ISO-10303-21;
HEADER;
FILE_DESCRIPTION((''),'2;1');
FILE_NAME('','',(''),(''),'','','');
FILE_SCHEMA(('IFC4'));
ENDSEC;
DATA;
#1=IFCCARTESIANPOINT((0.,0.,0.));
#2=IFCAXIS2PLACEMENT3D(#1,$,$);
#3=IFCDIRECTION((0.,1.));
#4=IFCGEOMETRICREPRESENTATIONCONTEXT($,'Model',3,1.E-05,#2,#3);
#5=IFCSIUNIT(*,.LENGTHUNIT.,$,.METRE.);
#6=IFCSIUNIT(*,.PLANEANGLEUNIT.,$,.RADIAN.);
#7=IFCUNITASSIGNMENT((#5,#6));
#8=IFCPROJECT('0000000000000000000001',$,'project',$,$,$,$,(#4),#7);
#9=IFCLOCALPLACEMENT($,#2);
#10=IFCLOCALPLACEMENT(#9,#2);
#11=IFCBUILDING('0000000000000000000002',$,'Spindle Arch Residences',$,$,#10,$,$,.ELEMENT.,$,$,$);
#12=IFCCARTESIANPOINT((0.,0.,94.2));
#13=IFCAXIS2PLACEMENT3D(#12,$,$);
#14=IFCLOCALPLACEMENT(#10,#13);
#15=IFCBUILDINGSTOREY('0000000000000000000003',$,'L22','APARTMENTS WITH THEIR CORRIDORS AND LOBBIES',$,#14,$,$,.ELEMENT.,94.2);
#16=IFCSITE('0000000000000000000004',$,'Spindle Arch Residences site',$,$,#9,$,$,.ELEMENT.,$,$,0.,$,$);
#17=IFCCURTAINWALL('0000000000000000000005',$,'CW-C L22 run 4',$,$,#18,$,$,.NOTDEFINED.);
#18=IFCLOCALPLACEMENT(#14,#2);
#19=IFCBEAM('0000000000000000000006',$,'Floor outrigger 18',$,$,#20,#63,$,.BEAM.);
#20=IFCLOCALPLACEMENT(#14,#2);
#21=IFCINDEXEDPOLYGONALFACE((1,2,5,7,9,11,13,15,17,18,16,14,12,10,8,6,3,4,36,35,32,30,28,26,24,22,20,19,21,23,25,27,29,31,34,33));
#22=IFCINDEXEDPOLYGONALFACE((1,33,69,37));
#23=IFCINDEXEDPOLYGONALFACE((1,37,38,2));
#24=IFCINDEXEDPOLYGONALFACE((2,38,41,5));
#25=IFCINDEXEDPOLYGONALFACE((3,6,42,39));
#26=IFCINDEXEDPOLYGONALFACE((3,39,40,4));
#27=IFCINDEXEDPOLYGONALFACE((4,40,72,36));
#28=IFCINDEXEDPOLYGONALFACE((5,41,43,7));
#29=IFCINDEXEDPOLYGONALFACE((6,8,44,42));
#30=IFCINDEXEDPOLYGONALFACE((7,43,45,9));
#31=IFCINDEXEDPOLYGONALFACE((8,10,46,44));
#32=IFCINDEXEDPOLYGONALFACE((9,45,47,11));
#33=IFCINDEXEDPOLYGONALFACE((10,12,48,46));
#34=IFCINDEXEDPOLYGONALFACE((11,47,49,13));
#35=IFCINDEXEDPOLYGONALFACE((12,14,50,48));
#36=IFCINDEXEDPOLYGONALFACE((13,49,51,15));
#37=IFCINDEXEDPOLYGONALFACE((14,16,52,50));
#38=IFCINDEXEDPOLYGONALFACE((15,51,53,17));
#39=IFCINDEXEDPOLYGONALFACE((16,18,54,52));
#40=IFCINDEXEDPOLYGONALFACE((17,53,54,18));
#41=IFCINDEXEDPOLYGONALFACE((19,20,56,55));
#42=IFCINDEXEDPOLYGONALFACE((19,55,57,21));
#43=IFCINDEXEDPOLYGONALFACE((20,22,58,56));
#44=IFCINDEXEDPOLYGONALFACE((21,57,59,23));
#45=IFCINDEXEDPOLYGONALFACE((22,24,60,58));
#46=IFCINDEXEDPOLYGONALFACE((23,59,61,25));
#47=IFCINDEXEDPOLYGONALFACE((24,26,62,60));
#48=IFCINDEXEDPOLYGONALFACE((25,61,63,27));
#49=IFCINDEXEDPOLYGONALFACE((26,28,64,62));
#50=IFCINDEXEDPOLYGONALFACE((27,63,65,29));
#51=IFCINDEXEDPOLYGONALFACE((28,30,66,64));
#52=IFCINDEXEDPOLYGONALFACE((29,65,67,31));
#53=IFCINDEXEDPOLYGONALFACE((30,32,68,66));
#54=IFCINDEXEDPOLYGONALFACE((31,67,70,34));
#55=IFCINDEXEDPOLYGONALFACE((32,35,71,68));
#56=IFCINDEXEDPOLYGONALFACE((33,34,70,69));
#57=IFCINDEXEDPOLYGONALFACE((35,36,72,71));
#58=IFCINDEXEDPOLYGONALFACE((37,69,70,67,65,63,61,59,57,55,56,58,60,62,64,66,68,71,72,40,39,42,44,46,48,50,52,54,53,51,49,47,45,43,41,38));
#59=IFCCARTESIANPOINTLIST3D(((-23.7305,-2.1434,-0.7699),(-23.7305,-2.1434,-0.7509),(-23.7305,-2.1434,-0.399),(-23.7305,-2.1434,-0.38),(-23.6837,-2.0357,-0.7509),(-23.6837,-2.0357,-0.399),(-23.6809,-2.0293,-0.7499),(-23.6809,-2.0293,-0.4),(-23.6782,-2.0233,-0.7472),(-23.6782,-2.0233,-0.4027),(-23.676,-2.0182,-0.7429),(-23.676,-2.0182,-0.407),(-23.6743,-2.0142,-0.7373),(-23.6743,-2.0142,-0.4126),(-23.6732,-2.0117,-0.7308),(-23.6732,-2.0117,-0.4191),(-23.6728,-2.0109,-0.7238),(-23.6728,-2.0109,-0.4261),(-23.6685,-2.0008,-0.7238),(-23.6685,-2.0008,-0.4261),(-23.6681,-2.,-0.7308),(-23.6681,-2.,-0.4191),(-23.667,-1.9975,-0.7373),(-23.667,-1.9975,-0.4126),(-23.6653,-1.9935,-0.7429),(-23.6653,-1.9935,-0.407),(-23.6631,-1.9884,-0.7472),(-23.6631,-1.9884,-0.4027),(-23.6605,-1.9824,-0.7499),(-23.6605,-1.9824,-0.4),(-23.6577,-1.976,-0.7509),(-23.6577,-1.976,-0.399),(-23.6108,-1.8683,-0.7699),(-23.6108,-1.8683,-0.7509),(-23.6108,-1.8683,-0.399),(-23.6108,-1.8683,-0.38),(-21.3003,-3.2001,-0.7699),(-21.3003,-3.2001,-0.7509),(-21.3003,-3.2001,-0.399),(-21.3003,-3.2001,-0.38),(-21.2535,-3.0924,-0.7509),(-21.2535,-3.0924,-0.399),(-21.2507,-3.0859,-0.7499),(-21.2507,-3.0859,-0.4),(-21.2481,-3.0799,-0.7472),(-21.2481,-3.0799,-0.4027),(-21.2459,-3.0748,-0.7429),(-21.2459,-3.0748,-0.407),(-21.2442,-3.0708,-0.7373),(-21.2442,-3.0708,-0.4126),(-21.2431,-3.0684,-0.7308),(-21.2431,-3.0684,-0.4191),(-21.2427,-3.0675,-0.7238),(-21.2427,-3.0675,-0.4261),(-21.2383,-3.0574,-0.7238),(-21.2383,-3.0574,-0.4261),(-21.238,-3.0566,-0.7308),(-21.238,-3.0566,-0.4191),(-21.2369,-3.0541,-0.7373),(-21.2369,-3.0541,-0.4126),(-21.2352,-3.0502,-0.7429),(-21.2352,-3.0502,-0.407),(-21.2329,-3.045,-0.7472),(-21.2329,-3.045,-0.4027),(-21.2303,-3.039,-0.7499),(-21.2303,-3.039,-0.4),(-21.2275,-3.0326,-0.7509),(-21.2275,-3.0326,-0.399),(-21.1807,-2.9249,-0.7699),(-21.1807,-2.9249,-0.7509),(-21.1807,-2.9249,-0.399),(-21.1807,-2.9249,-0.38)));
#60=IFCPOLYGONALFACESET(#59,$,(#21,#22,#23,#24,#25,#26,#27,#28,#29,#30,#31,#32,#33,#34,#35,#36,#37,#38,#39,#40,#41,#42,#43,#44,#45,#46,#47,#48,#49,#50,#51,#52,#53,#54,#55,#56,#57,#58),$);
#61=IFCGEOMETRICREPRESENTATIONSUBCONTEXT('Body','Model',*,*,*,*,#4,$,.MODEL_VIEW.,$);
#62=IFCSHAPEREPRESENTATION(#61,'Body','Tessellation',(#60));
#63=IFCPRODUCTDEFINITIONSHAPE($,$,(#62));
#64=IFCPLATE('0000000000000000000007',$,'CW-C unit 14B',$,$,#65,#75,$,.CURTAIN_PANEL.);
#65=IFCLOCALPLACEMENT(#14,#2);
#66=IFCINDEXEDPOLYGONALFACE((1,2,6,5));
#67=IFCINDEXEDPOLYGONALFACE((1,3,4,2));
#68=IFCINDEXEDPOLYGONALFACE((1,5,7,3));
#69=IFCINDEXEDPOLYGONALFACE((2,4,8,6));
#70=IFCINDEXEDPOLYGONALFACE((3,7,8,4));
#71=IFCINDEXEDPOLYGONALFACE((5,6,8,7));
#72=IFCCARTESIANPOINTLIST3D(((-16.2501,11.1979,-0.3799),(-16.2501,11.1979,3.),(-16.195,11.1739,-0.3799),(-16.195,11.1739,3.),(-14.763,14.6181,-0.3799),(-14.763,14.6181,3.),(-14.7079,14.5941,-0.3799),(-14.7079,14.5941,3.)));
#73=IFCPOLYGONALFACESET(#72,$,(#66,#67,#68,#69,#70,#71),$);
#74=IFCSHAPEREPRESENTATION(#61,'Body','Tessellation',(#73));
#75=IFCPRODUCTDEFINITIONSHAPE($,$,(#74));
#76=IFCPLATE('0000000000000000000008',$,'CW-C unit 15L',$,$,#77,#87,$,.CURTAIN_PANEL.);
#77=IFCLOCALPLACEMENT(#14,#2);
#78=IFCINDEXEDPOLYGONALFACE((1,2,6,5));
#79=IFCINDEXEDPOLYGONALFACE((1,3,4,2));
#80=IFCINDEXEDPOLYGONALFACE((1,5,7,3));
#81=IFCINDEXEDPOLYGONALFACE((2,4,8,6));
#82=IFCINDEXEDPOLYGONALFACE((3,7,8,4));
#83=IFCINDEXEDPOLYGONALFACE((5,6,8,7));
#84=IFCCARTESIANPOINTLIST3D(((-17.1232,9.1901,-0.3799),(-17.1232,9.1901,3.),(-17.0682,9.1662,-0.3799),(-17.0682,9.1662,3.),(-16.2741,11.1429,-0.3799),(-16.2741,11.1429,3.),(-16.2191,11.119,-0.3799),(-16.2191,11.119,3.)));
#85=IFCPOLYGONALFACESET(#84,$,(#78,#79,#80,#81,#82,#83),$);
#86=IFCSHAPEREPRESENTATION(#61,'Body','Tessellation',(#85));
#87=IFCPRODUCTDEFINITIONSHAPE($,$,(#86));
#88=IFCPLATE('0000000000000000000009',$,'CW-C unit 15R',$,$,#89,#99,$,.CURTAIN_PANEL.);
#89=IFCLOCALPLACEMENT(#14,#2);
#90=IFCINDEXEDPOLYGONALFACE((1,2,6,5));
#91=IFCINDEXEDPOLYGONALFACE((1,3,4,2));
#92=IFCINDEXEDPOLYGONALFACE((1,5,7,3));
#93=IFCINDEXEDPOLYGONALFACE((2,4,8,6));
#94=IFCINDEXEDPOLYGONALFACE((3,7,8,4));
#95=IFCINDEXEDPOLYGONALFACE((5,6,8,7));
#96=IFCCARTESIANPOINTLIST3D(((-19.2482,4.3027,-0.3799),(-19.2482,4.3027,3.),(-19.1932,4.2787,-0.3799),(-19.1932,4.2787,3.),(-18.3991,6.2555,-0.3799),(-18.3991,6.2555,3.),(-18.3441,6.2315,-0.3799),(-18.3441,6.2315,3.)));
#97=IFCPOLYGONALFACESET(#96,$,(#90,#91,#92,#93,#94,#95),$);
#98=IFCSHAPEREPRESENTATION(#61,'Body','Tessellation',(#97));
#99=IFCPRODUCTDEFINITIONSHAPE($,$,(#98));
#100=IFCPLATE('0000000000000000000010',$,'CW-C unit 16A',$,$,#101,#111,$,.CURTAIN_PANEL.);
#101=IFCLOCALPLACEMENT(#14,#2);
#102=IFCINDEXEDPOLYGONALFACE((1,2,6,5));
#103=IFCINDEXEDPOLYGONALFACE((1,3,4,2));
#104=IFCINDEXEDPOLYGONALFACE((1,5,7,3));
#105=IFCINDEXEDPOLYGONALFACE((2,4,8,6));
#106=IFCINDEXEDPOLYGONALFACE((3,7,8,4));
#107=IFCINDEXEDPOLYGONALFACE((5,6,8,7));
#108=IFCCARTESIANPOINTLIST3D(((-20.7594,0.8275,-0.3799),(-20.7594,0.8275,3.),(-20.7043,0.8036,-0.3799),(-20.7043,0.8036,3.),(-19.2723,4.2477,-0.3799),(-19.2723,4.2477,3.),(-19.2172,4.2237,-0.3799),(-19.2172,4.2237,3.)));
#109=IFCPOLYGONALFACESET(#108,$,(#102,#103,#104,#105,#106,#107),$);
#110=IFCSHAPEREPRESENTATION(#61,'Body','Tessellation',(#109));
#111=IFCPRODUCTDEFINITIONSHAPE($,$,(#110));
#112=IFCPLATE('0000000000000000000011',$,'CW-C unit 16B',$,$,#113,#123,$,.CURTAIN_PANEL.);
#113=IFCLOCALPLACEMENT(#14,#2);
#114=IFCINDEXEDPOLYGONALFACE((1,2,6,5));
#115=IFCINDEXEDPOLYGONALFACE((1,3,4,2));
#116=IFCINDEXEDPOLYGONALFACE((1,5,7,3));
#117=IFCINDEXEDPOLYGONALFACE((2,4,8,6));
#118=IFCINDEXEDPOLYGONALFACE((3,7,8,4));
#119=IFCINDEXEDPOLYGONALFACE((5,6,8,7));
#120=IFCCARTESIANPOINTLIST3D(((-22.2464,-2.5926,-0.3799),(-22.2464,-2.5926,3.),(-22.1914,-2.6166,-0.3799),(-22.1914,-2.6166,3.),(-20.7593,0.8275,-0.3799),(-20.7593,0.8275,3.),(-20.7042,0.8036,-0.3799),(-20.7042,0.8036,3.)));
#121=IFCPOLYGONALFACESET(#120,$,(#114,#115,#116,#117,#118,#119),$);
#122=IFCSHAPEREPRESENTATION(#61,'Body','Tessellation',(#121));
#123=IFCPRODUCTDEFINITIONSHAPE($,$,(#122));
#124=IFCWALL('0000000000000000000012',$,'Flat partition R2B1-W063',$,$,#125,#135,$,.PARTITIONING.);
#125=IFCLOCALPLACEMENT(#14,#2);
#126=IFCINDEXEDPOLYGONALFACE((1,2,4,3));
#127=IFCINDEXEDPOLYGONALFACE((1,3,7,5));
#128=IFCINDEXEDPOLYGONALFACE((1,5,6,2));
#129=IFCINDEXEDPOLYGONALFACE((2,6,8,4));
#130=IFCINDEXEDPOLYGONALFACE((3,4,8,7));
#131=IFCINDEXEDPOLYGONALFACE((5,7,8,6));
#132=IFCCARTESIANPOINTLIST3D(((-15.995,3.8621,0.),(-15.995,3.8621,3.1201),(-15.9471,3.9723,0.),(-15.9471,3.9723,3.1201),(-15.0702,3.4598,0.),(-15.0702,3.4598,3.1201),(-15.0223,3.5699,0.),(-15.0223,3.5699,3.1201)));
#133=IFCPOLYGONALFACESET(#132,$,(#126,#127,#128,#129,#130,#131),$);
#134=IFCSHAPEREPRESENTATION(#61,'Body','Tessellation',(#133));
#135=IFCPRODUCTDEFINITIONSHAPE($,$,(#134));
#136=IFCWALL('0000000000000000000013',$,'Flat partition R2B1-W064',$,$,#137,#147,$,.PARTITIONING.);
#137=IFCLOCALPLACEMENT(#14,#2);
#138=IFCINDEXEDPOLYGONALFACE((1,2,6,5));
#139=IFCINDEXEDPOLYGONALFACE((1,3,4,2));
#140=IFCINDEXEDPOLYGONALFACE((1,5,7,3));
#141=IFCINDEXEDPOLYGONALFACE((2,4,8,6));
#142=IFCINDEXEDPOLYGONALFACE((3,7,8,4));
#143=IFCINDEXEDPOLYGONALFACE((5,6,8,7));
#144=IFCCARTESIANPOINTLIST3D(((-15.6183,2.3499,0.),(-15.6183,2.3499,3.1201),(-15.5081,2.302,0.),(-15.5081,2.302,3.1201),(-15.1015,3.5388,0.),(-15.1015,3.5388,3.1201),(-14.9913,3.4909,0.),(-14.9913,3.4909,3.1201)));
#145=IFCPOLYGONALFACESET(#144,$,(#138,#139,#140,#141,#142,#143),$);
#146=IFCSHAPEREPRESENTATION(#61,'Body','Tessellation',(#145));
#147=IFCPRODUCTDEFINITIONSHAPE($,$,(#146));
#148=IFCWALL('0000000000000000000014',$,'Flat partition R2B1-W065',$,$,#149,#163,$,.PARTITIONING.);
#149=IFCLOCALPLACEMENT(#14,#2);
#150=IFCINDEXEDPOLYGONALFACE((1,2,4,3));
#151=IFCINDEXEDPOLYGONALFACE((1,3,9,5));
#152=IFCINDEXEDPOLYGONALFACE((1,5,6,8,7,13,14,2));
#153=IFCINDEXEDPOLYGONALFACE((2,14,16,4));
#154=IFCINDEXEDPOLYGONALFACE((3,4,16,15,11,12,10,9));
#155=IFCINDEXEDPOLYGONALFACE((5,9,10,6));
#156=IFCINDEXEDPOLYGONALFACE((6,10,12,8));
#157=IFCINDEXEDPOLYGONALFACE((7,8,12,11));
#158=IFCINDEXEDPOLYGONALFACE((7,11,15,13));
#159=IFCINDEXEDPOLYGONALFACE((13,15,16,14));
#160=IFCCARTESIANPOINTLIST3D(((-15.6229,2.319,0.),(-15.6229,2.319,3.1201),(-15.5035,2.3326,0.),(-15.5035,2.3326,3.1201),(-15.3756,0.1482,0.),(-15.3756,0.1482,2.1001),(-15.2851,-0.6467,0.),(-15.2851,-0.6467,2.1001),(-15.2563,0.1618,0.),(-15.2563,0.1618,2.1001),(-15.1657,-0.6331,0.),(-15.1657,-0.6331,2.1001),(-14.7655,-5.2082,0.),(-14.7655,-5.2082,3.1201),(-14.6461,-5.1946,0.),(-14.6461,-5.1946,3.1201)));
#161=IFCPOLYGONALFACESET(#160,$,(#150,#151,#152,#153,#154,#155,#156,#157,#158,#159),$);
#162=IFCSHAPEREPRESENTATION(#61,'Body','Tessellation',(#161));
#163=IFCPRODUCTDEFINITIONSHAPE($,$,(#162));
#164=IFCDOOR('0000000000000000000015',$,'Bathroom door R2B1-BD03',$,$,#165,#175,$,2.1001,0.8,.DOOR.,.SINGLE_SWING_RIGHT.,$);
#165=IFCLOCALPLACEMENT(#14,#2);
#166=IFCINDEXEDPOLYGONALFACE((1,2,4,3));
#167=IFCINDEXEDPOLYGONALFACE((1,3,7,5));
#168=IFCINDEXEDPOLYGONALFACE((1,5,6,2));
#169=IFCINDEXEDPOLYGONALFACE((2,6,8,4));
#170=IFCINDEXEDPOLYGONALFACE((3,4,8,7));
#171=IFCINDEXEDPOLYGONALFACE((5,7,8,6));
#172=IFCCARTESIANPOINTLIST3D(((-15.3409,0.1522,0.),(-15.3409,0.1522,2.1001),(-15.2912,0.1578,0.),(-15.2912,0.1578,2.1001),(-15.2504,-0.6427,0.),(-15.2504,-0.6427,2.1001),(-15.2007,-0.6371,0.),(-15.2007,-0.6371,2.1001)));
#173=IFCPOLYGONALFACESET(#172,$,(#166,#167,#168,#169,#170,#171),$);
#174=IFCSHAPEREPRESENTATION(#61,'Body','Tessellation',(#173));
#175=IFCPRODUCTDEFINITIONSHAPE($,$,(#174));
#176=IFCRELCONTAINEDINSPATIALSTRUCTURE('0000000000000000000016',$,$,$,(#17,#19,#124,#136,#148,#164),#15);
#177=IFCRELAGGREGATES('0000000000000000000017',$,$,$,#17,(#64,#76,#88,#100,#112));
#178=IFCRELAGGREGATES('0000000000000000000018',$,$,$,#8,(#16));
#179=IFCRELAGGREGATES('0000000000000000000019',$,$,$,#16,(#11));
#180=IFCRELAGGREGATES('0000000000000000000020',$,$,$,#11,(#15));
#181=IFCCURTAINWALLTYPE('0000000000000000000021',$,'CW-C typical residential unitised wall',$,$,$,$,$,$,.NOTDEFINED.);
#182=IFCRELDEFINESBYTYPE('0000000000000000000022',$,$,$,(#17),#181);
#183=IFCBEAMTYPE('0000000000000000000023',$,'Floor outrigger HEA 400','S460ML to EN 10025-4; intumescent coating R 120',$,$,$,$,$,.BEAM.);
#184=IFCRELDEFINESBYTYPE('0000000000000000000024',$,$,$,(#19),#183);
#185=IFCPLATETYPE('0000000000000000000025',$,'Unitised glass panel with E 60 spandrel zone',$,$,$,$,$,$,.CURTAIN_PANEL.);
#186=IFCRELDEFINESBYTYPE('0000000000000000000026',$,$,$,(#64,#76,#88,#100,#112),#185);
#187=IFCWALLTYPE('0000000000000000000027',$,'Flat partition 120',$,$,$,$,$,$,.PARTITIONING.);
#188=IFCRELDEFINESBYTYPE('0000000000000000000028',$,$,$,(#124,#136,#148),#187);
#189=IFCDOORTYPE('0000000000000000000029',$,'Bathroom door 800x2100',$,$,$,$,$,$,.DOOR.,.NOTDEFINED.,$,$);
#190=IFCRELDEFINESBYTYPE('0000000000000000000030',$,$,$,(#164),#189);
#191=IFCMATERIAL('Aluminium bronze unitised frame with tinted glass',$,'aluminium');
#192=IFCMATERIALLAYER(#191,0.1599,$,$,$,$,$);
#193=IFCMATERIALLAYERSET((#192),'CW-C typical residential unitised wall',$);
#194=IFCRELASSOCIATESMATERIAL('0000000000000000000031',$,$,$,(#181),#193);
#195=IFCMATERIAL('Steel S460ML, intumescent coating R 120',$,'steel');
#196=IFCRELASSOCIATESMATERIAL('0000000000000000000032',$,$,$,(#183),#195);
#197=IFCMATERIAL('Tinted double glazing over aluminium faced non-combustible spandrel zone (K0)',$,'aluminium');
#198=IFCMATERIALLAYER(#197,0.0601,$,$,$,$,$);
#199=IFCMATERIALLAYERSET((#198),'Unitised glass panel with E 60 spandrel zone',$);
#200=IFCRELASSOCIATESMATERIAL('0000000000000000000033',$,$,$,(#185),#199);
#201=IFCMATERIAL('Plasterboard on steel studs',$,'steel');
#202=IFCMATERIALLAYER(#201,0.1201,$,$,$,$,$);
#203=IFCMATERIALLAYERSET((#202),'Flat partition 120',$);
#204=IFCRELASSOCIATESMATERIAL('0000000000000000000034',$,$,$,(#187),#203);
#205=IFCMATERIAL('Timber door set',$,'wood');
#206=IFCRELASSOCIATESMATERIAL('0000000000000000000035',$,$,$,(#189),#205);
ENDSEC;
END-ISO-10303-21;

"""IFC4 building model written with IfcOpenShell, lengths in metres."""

from ifc_helpers import new_model, si_unit, direction, frame, frame_2d, origin, origin_2d, place, context, subcontext, project, spatial, rectangle, i_section, extrude, material, layer, layer_set, material_profile, profile_set, type_object, element, fill, aggregate, save


model = new_model("IFC4")

# Units and contexts
model_context = context("Model", 3, precision=1e-05, world=origin(), true_north=direction((0.0, 1.0)))
body_context = subcontext(model_context, "Body", "Model", "MODEL_VIEW")
ifc_project = project(units=[si_unit("LENGTHUNIT", "METRE"), si_unit("PLANEANGLEUNIT", "RADIAN")], contexts=[model_context])

# Site, building, storey
site_placement = place(None, origin())
site = spatial("IfcSite", under=ifc_project, at=site_placement, Name="Spindle Arch Residences site", CompositionType="ELEMENT", RefElevation=0.0)
building_placement = place(site_placement, origin())
building = spatial("IfcBuilding", under=site, at=building_placement, Name="Spindle Arch Residences", CompositionType="ELEMENT")
storey_placement = place(building_placement, frame((0.0, 0.0, 94.2)))
storey = spatial("IfcBuildingStorey", under=building, at=storey_placement, Name="L22", Description="APARTMENTS WITH THEIR CORRIDORS AND LOBBIES", CompositionType="ELEMENT", Elevation=94.2)

# Curtain wall
ifc_material_1 = material(Name="Aluminium bronze unitised frame with tinted glass", Category="aluminium")
ifc_layer_1 = layer(ifc_material_1, 0.1599)
ifc_layer_set_1 = layer_set([ifc_layer_1], Name="CW-C typical residential unitised wall")
curtain_wall_type = type_object("IfcCurtainWallType", Name="CW-C typical residential unitised wall", PredefinedType="NOTDEFINED", material=ifc_layer_set_1)
curtain_wall_placement = place(storey_placement, origin())
curtain_wall = element("IfcCurtainWall", 1, at=curtain_wall_placement, inside=storey, type_object=curtain_wall_type, Name="CW-C L22 run 4", PredefinedType="NOTDEFINED")

# Beam
ifc_material_2 = material(Name="Steel S460ML, intumescent coating R 120", Category="steel")
ifc_material_profile_1 = material_profile(ifc_material_2, i_section(OverallWidth=0.3, OverallDepth=0.3899, WebThickness=0.011, FlangeThickness=0.019, FilletRadius=0.0271, at=origin_2d()), Name="HEA 400")
ifc_profile_set_1 = profile_set([ifc_material_profile_1], Name="Steel S460ML, intumescent coating R 120")
beam_type_1 = type_object("IfcBeamType", Name="Floor outrigger HEA 400", Description="S460ML to EN 10025-4; intumescent coating R 120", PredefinedType="BEAM", material=ifc_profile_set_1)
beam_1_placement = place(storey_placement, frame((-23.6707, -2.0059, -0.575), z_axis=(0.917064, -0.39874, 0.0), x_axis=(0.39874, 0.917064, 0.0)))
element("IfcBeam", 2, at=beam_1_placement, inside=storey, type_object=beam_type_1, Name="Floor outrigger 18", PredefinedType="BEAM", context=body_context, shape_type="SweptSolid", body=[
    extrude(i_section(OverallWidth=0.3, OverallDepth=0.3899, WebThickness=0.011, FlangeThickness=0.019, FilletRadius=0.0271, at=origin_2d()), origin(), (0.0, 0.0, 1.0), 2.6499),
])

# Plates
ifc_material_3 = material(Name="Tinted double glazing over aluminium faced non-combustible spandrel zone (K0)", Category="aluminium")
ifc_layer_2 = layer(ifc_material_3, 0.0601)
ifc_layer_set_2 = layer_set([ifc_layer_2], Name="Unitised glass panel with E 60 spandrel zone")
plate_type = type_object("IfcPlateType", Name="Unitised glass panel with E 60 spandrel zone", PredefinedType="CURTAIN_PANEL", material=ifc_layer_set_2)
plate_1_placement = place(storey_placement, frame((-15.479, 12.896, -0.3799), z_axis=(0.0, 0.0, 1.0), x_axis=(-0.398749, -0.91706, 0.0)))
plate_1 = element("IfcPlate", 3, at=plate_1_placement, type_object=plate_type, Name="CW-C unit 14B", PredefinedType="CURTAIN_PANEL", context=body_context, shape_type="SweptSolid", body=[
    extrude(rectangle(XDim=3.7295, YDim=0.0601, at=origin_2d()), origin(), (0.0, 0.0, 1.0), 3.3799),
])
plate_2_placement = place(storey_placement, frame((-16.6711, 10.1545, -0.3799), z_axis=(0.0, 0.0, 1.0), x_axis=(-0.398749, -0.91706, 0.0)))
plate_2 = element("IfcPlate", 4, at=plate_2_placement, type_object=plate_type, Name="CW-C unit 15L", PredefinedType="CURTAIN_PANEL", context=body_context, shape_type="SweptSolid", body=[
    extrude(rectangle(XDim=2.1294, YDim=0.0601, at=origin_2d()), origin(), (0.0, 0.0, 1.0), 3.3799),
])
plate_3_placement = place(storey_placement, frame((-18.7961, 5.2671, -0.3799), z_axis=(0.0, 0.0, 1.0), x_axis=(-0.398749, -0.91706, 0.0)))
plate_3 = element("IfcPlate", 5, at=plate_3_placement, type_object=plate_type, Name="CW-C unit 15R", PredefinedType="CURTAIN_PANEL", context=body_context, shape_type="SweptSolid", body=[
    extrude(rectangle(XDim=2.1294, YDim=0.0601, at=origin_2d()), origin(), (0.0, 0.0, 1.0), 3.3799),
])
plate_4_placement = place(storey_placement, frame((-19.9883, 2.5256, -0.3799), z_axis=(0.0, 0.0, 1.0), x_axis=(-0.398749, -0.91706, 0.0)))
plate_4 = element("IfcPlate", 6, at=plate_4_placement, type_object=plate_type, Name="CW-C unit 16A", PredefinedType="CURTAIN_PANEL", context=body_context, shape_type="SweptSolid", body=[
    extrude(rectangle(XDim=3.7295, YDim=0.0601, at=origin_2d()), origin(), (0.0, 0.0, 1.0), 3.3799),
])
plate_5_placement = place(storey_placement, frame((-21.4753, -0.8945, -0.3799), z_axis=(0.0, 0.0, 1.0), x_axis=(-0.398749, -0.91706, 0.0)))
plate_5 = element("IfcPlate", 7, at=plate_5_placement, type_object=plate_type, Name="CW-C unit 16B", PredefinedType="CURTAIN_PANEL", context=body_context, shape_type="SweptSolid", body=[
    extrude(rectangle(XDim=3.7295, YDim=0.0601, at=origin_2d()), origin(), (0.0, 0.0, 1.0), 3.3799),
])
aggregate(curtain_wall, [plate_1, plate_2, plate_3, plate_4, plate_5])

# Walls
ifc_material_4 = material(Name="Plasterboard on steel studs", Category="steel")
ifc_layer_3 = layer(ifc_material_4, 0.1201)
ifc_layer_set_3 = layer_set([ifc_layer_3], Name="Flat partition 120")
wall_type_1 = type_object("IfcWallType", Name="Flat partition 120", PredefinedType="PARTITIONING", material=ifc_layer_set_3)
wall_1_placement = place(storey_placement, frame((-15.9712, 3.9172, 0.0), z_axis=(0.0, 0.0, 1.0), x_axis=(0.916978, -0.398939, 0.0)))
element("IfcWall", 8, at=wall_1_placement, inside=storey, type_object=wall_type_1, Name="Flat partition R2B1-W063", PredefinedType="PARTITIONING", context=body_context, shape_type="SweptSolid", body=[
    extrude(rectangle(XDim=1.0085, YDim=0.1201, at=frame_2d((0.5044, 0.0))), origin(), (0.0, 0.0, 1.0), 3.1201),
])
wall_2_placement = place(storey_placement, frame((-15.0464, 3.5149, 0.0), z_axis=(0.0, 0.0, 1.0), x_axis=(-0.398664, -0.917097, 0.0)))
element("IfcWall", 9, at=wall_2_placement, inside=storey, type_object=wall_type_1, Name="Flat partition R2B1-W064", PredefinedType="PARTITIONING", context=body_context, shape_type="SweptSolid", body=[
    extrude(rectangle(XDim=1.2964, YDim=0.1201, at=frame_2d((0.6482, 0.0))), origin(), (0.0, 0.0, 1.0), 3.1201),
])

# Wall, opening, door
wall_3_placement = place(storey_placement, frame((-15.5632, 2.3259, 0.0), z_axis=(0.0, 0.0, 1.0), x_axis=(0.113176, -0.993575, 0.0)))
wall_3 = element("IfcWall", 10, at=wall_3_placement, inside=storey, type_object=wall_type_1, Name="Flat partition R2B1-W065", PredefinedType="PARTITIONING", context=body_context, shape_type="SweptSolid", body=[
    extrude(rectangle(XDim=7.5759, YDim=0.1201, at=frame_2d((3.7881, 0.0))), origin(), (0.0, 0.0, 1.0), 3.1201),
])
opening_1_placement = place(wall_3_placement, frame((2.1851, 0.0, 0.0)))
opening_1 = element("IfcOpeningElement", 11, at=opening_1_placement, cuts=wall_3, PredefinedType="OPENING", context=body_context, shape_type="SweptSolid", body=[
    extrude(rectangle(XDim=0.8, YDim=2.1001, at=frame_2d((0.3999, 1.05))), frame((0.0, 0.0701, 0.0), z_axis=(0.0, -1.0, 0.0), x_axis=(1.0, 0.0, 0.0)), (0.0, 0.0, 1.0), 0.1401),
])
ifc_material_5 = material(Name="Timber door set", Category="wood")
door_type_1 = type_object("IfcDoorType", Name="Bathroom door 800x2100", OperationType="NOTDEFINED", PredefinedType="DOOR", material=ifc_material_5)
door_1_placement = place(opening_1_placement, origin())
door_1 = element("IfcDoor", 12, at=door_1_placement, inside=storey, type_object=door_type_1, Name="Bathroom door R2B1-BD03", OperationType="SINGLE_SWING_RIGHT", OverallHeight=2.1001, OverallWidth=0.8, PredefinedType="DOOR", context=body_context, shape_type="SweptSolid", body=[
    extrude(rectangle(XDim=0.8, YDim=2.1001, at=frame_2d((0.3999, 1.05))), frame((0.0, 0.0249, 0.0), z_axis=(0.0, -1.0, 0.0), x_axis=(1.0, 0.0, 0.0)), (0.0, 0.0, 1.0), 0.05),
])
fill(opening_1, door_1)

save(model, "model.ifc")
